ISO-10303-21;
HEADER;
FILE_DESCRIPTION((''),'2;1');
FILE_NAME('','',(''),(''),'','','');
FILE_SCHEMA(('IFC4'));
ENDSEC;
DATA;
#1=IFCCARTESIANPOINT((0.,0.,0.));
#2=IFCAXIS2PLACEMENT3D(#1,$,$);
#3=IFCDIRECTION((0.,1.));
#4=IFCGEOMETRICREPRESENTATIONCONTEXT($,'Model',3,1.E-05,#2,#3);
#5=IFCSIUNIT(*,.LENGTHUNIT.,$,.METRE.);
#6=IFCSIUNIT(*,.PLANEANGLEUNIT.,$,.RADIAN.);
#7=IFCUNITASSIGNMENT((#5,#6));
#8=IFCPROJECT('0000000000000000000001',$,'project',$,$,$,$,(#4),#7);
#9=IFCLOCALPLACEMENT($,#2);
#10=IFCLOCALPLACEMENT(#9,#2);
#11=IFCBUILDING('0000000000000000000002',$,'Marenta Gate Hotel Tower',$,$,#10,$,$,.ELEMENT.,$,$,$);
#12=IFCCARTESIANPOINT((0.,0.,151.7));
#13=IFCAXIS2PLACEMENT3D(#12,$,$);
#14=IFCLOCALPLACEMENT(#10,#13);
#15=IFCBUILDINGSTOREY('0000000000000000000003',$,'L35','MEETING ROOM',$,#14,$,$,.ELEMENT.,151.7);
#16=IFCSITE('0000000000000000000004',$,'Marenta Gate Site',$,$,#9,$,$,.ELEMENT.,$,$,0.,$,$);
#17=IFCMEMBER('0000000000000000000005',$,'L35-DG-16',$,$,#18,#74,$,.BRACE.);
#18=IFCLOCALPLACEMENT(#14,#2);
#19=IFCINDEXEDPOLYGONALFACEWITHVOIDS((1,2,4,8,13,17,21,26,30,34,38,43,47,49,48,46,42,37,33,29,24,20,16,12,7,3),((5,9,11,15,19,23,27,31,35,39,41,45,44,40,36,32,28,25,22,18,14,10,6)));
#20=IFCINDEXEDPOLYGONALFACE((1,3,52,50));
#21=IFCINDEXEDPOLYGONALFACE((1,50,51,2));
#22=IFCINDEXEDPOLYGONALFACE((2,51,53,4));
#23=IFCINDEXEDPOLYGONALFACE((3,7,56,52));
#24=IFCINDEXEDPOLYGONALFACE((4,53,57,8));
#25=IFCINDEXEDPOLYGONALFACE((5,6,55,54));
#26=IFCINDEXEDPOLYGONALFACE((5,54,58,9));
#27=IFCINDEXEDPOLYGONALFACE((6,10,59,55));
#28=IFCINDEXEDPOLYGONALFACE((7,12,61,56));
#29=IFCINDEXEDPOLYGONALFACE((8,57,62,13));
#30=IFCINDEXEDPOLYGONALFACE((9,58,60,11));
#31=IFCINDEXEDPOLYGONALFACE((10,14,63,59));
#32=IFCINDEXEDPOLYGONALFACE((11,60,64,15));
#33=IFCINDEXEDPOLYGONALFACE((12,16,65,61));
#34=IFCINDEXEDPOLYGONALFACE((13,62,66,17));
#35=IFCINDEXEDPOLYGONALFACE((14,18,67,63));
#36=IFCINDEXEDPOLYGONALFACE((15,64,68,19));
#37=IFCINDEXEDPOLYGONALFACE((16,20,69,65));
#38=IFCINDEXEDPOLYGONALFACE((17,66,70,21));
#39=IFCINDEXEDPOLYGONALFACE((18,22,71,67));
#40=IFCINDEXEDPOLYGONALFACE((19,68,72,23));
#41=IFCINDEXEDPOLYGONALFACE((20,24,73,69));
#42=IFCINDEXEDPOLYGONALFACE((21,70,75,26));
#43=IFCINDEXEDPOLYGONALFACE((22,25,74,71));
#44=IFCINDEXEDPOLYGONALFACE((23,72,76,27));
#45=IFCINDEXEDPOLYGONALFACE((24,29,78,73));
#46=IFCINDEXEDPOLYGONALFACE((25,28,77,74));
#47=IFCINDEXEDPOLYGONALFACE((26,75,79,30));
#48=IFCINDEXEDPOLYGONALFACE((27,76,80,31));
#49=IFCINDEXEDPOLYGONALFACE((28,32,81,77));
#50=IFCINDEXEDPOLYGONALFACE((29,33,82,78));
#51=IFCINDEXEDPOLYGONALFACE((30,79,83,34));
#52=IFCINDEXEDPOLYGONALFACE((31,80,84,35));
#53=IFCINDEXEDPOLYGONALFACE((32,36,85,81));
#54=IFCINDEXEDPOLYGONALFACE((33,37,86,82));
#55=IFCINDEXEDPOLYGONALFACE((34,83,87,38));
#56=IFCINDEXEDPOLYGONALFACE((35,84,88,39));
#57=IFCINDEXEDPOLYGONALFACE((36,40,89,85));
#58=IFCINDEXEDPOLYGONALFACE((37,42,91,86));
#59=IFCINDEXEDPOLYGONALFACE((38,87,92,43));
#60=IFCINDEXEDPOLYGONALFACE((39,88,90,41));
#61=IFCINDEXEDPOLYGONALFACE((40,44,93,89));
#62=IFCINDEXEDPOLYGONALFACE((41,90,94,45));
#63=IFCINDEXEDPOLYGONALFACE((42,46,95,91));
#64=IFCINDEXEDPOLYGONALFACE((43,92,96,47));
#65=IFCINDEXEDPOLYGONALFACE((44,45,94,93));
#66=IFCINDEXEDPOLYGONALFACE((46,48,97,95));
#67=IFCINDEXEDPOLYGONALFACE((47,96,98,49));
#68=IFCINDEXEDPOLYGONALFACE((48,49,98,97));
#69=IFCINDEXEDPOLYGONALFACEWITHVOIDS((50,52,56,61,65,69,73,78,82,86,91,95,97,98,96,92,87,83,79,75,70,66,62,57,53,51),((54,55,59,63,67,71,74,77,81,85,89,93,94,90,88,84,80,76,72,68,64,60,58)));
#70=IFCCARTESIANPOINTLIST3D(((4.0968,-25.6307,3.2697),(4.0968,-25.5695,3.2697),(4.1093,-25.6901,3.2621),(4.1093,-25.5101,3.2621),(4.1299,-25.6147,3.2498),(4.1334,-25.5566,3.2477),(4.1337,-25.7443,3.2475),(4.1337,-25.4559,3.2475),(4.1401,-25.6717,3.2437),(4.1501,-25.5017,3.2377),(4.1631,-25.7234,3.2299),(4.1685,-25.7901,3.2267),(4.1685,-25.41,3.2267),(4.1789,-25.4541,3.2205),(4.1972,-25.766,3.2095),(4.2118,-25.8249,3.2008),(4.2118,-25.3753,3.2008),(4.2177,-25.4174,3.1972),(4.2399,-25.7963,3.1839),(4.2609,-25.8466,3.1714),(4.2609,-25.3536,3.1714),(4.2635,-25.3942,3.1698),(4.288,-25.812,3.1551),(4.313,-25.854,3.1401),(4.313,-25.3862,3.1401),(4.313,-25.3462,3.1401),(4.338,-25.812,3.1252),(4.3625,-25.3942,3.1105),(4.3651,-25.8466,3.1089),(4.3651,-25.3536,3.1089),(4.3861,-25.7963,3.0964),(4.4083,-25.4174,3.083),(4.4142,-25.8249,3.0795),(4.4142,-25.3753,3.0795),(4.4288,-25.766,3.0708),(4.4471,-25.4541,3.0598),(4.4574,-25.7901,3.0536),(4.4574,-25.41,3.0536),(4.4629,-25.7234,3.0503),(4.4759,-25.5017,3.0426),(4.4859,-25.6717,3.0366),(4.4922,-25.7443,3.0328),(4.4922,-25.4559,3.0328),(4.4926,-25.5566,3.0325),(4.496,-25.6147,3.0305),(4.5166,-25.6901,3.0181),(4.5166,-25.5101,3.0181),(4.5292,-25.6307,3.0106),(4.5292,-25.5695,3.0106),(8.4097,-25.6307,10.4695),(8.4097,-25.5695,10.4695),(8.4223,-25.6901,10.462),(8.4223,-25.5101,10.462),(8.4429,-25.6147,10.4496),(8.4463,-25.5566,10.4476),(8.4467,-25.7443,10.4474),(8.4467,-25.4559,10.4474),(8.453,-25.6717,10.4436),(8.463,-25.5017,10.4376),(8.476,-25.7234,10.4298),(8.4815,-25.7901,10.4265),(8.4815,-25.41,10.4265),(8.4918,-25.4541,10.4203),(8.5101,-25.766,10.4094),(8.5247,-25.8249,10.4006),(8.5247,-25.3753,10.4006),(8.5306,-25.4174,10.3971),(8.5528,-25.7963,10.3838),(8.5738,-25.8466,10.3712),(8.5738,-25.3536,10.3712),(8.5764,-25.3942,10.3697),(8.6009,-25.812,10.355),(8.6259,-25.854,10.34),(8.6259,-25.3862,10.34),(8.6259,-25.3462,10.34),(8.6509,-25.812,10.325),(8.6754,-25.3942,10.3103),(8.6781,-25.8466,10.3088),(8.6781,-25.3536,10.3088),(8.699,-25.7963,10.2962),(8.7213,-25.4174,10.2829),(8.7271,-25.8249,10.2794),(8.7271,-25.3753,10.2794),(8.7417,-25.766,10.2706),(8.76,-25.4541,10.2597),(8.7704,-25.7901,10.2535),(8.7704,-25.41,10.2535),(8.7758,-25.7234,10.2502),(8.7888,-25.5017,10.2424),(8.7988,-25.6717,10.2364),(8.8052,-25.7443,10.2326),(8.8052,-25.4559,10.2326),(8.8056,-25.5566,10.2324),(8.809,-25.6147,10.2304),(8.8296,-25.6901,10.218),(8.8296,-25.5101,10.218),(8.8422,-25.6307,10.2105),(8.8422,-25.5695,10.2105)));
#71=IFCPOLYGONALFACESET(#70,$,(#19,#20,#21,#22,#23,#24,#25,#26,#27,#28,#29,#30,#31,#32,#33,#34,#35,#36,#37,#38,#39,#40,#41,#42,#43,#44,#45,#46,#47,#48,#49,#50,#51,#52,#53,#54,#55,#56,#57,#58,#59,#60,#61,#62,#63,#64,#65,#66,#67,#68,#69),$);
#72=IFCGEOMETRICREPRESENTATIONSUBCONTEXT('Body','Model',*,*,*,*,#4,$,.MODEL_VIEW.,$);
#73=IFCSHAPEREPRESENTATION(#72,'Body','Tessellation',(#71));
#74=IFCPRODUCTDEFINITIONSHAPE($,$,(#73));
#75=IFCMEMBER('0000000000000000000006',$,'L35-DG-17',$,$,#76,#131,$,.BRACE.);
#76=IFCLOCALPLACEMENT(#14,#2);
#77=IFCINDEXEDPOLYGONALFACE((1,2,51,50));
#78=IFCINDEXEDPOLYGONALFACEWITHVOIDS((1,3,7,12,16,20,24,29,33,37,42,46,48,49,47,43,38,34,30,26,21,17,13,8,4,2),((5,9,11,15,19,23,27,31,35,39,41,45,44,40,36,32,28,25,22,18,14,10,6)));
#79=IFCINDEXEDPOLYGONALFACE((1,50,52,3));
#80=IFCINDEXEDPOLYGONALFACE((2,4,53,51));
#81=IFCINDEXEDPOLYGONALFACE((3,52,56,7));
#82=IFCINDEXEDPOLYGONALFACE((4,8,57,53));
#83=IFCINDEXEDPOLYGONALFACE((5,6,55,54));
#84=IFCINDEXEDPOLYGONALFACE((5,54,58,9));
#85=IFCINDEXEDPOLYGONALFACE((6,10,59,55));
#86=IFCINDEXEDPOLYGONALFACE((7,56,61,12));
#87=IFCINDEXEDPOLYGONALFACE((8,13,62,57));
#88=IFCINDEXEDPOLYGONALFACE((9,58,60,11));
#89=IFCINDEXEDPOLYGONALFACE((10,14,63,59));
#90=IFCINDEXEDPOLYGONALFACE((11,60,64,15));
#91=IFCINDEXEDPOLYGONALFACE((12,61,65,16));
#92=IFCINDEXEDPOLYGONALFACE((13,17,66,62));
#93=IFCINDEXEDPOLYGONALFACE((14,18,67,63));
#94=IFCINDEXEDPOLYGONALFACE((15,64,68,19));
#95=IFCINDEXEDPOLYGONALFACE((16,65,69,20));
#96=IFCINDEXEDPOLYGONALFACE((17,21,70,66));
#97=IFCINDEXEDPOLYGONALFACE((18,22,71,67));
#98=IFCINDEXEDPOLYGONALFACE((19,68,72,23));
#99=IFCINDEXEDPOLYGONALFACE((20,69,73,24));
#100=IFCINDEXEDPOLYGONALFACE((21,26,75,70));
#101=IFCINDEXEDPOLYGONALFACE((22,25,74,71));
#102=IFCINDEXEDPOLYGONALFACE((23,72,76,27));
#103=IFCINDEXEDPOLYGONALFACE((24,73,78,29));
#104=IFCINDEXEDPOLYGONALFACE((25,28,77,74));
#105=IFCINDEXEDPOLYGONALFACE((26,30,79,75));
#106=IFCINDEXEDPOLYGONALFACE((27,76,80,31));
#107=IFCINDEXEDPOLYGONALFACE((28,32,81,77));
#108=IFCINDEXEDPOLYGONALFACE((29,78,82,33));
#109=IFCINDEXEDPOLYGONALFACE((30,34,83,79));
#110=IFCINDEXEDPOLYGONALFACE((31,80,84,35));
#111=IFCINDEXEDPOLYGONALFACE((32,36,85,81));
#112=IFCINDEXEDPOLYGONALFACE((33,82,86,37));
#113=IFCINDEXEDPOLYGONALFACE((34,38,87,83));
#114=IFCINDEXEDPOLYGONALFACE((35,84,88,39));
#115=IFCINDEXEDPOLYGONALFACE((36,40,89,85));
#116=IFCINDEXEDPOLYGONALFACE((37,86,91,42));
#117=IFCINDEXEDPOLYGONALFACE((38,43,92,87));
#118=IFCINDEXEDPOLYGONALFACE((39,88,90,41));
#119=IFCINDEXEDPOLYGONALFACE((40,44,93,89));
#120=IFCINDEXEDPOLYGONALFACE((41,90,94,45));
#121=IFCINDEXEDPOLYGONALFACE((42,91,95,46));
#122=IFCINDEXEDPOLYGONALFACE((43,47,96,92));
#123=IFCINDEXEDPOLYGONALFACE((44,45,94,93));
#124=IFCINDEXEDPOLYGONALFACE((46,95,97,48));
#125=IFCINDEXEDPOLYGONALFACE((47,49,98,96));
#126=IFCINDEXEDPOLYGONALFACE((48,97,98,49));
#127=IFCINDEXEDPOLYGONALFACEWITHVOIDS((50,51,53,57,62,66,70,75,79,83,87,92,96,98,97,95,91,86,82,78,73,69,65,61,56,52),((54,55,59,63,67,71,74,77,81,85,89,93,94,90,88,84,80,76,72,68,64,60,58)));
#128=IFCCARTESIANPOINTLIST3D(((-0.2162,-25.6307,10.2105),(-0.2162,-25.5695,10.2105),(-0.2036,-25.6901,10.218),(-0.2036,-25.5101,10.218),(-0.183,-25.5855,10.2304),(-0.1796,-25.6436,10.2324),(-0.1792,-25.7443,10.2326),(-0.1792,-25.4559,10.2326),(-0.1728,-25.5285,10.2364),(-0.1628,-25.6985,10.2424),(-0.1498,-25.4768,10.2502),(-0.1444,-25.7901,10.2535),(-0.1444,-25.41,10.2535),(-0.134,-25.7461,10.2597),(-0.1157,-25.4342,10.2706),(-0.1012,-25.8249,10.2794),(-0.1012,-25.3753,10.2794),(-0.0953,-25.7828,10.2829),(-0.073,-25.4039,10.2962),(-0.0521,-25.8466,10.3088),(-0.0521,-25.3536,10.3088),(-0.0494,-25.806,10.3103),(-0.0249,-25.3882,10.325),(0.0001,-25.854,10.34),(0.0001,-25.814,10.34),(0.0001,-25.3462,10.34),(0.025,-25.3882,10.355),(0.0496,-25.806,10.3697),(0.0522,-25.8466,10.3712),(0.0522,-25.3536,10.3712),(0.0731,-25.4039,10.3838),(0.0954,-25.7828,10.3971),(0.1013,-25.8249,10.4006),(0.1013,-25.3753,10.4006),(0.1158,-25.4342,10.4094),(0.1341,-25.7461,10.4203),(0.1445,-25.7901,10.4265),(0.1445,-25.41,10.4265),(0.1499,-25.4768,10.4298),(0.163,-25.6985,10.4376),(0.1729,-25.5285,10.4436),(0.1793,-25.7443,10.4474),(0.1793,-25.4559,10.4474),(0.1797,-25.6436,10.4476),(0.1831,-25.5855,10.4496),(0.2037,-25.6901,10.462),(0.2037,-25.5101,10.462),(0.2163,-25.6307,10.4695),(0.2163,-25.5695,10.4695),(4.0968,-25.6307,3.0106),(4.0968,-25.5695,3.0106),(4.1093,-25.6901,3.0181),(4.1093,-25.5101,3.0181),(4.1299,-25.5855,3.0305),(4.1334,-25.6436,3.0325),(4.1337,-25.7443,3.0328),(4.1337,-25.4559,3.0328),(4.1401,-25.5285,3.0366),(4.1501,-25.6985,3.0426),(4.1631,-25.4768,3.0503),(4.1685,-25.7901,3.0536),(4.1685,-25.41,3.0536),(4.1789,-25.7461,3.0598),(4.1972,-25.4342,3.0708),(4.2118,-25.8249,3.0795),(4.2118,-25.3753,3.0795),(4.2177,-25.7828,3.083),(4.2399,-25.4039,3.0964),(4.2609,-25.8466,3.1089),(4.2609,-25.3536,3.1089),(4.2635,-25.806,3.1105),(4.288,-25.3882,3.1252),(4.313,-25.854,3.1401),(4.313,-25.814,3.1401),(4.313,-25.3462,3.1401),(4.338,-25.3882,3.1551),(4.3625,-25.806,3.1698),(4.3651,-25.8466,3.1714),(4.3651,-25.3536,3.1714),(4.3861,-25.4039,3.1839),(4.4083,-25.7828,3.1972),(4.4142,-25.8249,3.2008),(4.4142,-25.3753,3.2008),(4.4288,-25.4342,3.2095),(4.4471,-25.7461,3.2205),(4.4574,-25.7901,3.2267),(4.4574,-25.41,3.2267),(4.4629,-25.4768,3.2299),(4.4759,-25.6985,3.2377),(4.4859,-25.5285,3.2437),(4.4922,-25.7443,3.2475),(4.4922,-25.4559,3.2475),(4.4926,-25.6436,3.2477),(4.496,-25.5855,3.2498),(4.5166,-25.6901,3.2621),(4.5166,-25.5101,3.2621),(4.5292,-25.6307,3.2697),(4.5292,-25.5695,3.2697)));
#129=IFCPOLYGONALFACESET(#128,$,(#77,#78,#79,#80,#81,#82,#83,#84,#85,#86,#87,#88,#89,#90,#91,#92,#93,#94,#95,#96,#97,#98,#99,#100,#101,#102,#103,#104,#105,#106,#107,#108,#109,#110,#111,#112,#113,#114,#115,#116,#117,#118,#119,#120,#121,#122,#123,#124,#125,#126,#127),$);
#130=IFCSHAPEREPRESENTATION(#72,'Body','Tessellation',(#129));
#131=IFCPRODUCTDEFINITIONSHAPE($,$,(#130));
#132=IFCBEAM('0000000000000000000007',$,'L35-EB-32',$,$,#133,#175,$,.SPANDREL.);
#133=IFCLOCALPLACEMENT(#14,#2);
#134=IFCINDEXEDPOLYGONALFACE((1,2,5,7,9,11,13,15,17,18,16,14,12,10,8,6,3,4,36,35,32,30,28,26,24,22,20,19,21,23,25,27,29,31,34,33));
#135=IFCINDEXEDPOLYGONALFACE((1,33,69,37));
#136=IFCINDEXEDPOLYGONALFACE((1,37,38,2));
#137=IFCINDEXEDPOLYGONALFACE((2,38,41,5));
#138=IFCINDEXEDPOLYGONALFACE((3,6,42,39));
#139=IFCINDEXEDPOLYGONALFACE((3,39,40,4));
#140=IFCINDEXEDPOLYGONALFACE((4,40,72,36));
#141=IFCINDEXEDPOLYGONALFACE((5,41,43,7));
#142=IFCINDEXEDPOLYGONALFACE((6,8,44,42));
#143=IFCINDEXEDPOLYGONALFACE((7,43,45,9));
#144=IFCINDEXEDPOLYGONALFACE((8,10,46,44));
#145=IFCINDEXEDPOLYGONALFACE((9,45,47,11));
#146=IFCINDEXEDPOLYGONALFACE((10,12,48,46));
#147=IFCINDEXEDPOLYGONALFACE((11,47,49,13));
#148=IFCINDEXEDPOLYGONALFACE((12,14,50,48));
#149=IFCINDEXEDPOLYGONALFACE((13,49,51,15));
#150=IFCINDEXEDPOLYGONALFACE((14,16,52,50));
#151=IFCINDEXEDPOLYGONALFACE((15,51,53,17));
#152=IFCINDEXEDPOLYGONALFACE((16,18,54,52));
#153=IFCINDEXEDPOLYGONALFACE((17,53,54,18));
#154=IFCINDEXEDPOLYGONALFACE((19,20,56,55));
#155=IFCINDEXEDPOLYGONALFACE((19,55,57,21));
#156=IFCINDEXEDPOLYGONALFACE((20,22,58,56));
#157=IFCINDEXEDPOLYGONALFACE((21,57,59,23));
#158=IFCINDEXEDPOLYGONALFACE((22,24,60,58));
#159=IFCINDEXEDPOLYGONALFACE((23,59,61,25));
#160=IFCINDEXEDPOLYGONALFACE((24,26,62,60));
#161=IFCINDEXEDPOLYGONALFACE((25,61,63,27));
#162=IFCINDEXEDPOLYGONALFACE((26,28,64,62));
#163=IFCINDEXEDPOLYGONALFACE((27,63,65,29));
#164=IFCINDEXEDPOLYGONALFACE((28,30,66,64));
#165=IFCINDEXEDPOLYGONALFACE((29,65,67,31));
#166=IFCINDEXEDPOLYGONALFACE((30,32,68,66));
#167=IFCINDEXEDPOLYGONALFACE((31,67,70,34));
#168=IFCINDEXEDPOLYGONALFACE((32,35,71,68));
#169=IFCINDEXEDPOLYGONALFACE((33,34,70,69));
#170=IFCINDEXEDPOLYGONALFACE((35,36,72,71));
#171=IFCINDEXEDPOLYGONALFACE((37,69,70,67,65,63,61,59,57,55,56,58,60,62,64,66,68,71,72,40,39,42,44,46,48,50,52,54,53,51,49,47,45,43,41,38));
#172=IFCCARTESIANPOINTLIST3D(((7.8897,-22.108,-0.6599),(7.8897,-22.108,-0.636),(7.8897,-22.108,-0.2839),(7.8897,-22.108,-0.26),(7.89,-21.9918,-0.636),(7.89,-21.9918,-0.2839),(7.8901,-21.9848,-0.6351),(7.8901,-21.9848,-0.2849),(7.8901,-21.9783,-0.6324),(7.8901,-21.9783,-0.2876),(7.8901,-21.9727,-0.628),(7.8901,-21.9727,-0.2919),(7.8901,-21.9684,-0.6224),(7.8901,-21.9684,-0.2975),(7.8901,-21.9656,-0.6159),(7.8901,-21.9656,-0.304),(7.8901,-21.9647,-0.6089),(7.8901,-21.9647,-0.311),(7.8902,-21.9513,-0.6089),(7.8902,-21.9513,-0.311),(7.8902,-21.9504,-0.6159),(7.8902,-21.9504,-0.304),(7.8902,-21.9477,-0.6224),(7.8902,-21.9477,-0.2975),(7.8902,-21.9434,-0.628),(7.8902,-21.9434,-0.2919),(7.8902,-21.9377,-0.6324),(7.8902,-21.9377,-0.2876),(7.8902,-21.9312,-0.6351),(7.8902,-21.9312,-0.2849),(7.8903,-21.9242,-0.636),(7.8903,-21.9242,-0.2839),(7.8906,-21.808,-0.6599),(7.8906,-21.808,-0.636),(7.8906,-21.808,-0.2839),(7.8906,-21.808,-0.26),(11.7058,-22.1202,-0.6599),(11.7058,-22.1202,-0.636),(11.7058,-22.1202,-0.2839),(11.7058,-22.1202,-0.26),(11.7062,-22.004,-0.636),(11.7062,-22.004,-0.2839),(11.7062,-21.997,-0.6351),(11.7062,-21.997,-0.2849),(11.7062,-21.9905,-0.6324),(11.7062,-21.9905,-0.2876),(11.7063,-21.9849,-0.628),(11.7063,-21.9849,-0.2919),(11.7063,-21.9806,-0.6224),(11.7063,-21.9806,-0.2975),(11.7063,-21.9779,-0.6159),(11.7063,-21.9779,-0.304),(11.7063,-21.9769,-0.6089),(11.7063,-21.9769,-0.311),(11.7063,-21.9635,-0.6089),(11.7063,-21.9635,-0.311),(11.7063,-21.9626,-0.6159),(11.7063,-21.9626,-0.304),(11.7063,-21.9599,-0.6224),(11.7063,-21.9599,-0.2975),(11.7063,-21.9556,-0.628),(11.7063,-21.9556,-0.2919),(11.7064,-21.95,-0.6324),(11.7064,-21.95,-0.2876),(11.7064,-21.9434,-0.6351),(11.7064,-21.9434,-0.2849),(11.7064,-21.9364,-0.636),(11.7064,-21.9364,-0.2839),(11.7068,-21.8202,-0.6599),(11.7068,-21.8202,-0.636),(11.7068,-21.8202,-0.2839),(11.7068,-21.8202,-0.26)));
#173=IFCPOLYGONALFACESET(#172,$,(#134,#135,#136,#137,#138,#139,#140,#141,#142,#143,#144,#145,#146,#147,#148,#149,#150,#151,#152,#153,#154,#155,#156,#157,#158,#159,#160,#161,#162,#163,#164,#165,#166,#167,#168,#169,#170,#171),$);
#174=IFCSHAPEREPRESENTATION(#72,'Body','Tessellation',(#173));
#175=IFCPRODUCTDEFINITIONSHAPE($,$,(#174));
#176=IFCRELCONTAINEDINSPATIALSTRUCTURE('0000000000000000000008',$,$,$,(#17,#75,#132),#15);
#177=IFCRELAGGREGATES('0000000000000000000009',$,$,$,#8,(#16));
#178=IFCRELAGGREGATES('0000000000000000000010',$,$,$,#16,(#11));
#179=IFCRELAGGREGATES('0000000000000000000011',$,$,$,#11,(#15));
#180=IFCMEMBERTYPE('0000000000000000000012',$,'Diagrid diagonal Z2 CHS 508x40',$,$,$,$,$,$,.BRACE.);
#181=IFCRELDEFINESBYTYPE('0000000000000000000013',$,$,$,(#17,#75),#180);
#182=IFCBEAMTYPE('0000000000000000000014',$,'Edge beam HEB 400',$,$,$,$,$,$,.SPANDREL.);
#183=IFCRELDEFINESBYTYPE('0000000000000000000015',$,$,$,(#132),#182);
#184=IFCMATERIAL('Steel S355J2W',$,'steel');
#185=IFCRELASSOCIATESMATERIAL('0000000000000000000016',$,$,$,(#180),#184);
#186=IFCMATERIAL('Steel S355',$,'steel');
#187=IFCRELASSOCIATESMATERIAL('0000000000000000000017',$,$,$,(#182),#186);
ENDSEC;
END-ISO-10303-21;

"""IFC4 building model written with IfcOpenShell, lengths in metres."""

from ifc_helpers import new_model, si_unit, direction, frame, origin, origin_2d, place, context, subcontext, project, spatial, hollow_circle, i_section, extrude, material, material_profile, profile_set, type_object, element, save


model = new_model("IFC4")

# Units and contexts
model_context = context("Model", 3, precision=1e-05, world=origin(), true_north=direction((0.0, 1.0)))
body_context = subcontext(model_context, "Body", "Model", "MODEL_VIEW")
ifc_project = project(units=[si_unit("LENGTHUNIT", "METRE"), si_unit("PLANEANGLEUNIT", "RADIAN")], contexts=[model_context])

# Site, building, storey
site_placement = place(None, origin())
site = spatial("IfcSite", under=ifc_project, at=site_placement, Name="Marenta Gate Site", CompositionType="ELEMENT", RefElevation=0.0)
building_placement = place(site_placement, origin())
building = spatial("IfcBuilding", under=site, at=building_placement, Name="Marenta Gate Hotel Tower", CompositionType="ELEMENT")
storey_placement = place(building_placement, frame((0.0, 0.0, 151.7)))
storey = spatial("IfcBuildingStorey", under=building, at=storey_placement, Name="L35", Description="MEETING ROOM", CompositionType="ELEMENT", Elevation=151.7)

# Members
ifc_material_1 = material(Name="Steel S355J2W", Category="steel")
ifc_material_profile_1 = material_profile(ifc_material_1, hollow_circle(Radius=0.2539, WallThickness=0.04, at=origin_2d()), Name="CHS 508x40")
ifc_profile_set_1 = profile_set([ifc_material_profile_1], Name="Steel S355J2W")
member_type_1 = type_object("IfcMemberType", Name="Diagrid diagonal Z2 CHS 508x40", PredefinedType="BRACE", material=ifc_profile_set_1)
for number, where, z_axis, x_axis, name in (
    (1, (4.313, -25.6001, 3.1401), (0.513884, 0.0, 0.85786), (0.0, 1.0, 0.0), "L35-DG-16"),
    (2, (4.313, -25.6001, 3.1401), (-0.513884, 0.0, 0.85786), (0.0, -1.0, 0.0), "L35-DG-17"),
):
    element("IfcMember", number, at=place(storey_placement, frame(where, z_axis=z_axis, x_axis=x_axis)), inside=storey, type_object=member_type_1, Name=name, PredefinedType="BRACE", context=body_context, shape_type="SweptSolid", body=[
        extrude(hollow_circle(Radius=0.2539, WallThickness=0.04, at=origin_2d()), origin(), (0.0, 0.0, 1.0), 8.3928),
    ])

# Beam
ifc_material_2 = material(Name="Steel S355", Category="steel")
ifc_material_profile_2 = material_profile(ifc_material_2, i_section(OverallWidth=0.3, OverallDepth=0.3999, WebThickness=0.0134, FlangeThickness=0.0239, FilletRadius=0.0271, at=origin_2d()), Name="HEB 400")
ifc_profile_set_2 = profile_set([ifc_material_profile_2], Name="Steel S355")
beam_type_1 = type_object("IfcBeamType", Name="Edge beam HEB 400", PredefinedType="SPANDREL", material=ifc_profile_set_2)
beam_1_placement = place(storey_placement, frame((11.7063, -21.9702, -0.46), z_axis=(-0.999995, 0.003199, 0.0), x_axis=(-0.003199, -0.999995, 0.0)))
element("IfcBeam", 3, at=beam_1_placement, inside=storey, type_object=beam_type_1, Name="L35-EB-32", PredefinedType="SPANDREL", context=body_context, shape_type="SweptSolid", body=[
    extrude(i_section(OverallWidth=0.3, OverallDepth=0.3999, WebThickness=0.0134, FlangeThickness=0.0239, FilletRadius=0.0271, at=origin_2d()), origin(), (0.0, 0.0, 1.0), 3.8162),
])

save(model, "model.ifc")
